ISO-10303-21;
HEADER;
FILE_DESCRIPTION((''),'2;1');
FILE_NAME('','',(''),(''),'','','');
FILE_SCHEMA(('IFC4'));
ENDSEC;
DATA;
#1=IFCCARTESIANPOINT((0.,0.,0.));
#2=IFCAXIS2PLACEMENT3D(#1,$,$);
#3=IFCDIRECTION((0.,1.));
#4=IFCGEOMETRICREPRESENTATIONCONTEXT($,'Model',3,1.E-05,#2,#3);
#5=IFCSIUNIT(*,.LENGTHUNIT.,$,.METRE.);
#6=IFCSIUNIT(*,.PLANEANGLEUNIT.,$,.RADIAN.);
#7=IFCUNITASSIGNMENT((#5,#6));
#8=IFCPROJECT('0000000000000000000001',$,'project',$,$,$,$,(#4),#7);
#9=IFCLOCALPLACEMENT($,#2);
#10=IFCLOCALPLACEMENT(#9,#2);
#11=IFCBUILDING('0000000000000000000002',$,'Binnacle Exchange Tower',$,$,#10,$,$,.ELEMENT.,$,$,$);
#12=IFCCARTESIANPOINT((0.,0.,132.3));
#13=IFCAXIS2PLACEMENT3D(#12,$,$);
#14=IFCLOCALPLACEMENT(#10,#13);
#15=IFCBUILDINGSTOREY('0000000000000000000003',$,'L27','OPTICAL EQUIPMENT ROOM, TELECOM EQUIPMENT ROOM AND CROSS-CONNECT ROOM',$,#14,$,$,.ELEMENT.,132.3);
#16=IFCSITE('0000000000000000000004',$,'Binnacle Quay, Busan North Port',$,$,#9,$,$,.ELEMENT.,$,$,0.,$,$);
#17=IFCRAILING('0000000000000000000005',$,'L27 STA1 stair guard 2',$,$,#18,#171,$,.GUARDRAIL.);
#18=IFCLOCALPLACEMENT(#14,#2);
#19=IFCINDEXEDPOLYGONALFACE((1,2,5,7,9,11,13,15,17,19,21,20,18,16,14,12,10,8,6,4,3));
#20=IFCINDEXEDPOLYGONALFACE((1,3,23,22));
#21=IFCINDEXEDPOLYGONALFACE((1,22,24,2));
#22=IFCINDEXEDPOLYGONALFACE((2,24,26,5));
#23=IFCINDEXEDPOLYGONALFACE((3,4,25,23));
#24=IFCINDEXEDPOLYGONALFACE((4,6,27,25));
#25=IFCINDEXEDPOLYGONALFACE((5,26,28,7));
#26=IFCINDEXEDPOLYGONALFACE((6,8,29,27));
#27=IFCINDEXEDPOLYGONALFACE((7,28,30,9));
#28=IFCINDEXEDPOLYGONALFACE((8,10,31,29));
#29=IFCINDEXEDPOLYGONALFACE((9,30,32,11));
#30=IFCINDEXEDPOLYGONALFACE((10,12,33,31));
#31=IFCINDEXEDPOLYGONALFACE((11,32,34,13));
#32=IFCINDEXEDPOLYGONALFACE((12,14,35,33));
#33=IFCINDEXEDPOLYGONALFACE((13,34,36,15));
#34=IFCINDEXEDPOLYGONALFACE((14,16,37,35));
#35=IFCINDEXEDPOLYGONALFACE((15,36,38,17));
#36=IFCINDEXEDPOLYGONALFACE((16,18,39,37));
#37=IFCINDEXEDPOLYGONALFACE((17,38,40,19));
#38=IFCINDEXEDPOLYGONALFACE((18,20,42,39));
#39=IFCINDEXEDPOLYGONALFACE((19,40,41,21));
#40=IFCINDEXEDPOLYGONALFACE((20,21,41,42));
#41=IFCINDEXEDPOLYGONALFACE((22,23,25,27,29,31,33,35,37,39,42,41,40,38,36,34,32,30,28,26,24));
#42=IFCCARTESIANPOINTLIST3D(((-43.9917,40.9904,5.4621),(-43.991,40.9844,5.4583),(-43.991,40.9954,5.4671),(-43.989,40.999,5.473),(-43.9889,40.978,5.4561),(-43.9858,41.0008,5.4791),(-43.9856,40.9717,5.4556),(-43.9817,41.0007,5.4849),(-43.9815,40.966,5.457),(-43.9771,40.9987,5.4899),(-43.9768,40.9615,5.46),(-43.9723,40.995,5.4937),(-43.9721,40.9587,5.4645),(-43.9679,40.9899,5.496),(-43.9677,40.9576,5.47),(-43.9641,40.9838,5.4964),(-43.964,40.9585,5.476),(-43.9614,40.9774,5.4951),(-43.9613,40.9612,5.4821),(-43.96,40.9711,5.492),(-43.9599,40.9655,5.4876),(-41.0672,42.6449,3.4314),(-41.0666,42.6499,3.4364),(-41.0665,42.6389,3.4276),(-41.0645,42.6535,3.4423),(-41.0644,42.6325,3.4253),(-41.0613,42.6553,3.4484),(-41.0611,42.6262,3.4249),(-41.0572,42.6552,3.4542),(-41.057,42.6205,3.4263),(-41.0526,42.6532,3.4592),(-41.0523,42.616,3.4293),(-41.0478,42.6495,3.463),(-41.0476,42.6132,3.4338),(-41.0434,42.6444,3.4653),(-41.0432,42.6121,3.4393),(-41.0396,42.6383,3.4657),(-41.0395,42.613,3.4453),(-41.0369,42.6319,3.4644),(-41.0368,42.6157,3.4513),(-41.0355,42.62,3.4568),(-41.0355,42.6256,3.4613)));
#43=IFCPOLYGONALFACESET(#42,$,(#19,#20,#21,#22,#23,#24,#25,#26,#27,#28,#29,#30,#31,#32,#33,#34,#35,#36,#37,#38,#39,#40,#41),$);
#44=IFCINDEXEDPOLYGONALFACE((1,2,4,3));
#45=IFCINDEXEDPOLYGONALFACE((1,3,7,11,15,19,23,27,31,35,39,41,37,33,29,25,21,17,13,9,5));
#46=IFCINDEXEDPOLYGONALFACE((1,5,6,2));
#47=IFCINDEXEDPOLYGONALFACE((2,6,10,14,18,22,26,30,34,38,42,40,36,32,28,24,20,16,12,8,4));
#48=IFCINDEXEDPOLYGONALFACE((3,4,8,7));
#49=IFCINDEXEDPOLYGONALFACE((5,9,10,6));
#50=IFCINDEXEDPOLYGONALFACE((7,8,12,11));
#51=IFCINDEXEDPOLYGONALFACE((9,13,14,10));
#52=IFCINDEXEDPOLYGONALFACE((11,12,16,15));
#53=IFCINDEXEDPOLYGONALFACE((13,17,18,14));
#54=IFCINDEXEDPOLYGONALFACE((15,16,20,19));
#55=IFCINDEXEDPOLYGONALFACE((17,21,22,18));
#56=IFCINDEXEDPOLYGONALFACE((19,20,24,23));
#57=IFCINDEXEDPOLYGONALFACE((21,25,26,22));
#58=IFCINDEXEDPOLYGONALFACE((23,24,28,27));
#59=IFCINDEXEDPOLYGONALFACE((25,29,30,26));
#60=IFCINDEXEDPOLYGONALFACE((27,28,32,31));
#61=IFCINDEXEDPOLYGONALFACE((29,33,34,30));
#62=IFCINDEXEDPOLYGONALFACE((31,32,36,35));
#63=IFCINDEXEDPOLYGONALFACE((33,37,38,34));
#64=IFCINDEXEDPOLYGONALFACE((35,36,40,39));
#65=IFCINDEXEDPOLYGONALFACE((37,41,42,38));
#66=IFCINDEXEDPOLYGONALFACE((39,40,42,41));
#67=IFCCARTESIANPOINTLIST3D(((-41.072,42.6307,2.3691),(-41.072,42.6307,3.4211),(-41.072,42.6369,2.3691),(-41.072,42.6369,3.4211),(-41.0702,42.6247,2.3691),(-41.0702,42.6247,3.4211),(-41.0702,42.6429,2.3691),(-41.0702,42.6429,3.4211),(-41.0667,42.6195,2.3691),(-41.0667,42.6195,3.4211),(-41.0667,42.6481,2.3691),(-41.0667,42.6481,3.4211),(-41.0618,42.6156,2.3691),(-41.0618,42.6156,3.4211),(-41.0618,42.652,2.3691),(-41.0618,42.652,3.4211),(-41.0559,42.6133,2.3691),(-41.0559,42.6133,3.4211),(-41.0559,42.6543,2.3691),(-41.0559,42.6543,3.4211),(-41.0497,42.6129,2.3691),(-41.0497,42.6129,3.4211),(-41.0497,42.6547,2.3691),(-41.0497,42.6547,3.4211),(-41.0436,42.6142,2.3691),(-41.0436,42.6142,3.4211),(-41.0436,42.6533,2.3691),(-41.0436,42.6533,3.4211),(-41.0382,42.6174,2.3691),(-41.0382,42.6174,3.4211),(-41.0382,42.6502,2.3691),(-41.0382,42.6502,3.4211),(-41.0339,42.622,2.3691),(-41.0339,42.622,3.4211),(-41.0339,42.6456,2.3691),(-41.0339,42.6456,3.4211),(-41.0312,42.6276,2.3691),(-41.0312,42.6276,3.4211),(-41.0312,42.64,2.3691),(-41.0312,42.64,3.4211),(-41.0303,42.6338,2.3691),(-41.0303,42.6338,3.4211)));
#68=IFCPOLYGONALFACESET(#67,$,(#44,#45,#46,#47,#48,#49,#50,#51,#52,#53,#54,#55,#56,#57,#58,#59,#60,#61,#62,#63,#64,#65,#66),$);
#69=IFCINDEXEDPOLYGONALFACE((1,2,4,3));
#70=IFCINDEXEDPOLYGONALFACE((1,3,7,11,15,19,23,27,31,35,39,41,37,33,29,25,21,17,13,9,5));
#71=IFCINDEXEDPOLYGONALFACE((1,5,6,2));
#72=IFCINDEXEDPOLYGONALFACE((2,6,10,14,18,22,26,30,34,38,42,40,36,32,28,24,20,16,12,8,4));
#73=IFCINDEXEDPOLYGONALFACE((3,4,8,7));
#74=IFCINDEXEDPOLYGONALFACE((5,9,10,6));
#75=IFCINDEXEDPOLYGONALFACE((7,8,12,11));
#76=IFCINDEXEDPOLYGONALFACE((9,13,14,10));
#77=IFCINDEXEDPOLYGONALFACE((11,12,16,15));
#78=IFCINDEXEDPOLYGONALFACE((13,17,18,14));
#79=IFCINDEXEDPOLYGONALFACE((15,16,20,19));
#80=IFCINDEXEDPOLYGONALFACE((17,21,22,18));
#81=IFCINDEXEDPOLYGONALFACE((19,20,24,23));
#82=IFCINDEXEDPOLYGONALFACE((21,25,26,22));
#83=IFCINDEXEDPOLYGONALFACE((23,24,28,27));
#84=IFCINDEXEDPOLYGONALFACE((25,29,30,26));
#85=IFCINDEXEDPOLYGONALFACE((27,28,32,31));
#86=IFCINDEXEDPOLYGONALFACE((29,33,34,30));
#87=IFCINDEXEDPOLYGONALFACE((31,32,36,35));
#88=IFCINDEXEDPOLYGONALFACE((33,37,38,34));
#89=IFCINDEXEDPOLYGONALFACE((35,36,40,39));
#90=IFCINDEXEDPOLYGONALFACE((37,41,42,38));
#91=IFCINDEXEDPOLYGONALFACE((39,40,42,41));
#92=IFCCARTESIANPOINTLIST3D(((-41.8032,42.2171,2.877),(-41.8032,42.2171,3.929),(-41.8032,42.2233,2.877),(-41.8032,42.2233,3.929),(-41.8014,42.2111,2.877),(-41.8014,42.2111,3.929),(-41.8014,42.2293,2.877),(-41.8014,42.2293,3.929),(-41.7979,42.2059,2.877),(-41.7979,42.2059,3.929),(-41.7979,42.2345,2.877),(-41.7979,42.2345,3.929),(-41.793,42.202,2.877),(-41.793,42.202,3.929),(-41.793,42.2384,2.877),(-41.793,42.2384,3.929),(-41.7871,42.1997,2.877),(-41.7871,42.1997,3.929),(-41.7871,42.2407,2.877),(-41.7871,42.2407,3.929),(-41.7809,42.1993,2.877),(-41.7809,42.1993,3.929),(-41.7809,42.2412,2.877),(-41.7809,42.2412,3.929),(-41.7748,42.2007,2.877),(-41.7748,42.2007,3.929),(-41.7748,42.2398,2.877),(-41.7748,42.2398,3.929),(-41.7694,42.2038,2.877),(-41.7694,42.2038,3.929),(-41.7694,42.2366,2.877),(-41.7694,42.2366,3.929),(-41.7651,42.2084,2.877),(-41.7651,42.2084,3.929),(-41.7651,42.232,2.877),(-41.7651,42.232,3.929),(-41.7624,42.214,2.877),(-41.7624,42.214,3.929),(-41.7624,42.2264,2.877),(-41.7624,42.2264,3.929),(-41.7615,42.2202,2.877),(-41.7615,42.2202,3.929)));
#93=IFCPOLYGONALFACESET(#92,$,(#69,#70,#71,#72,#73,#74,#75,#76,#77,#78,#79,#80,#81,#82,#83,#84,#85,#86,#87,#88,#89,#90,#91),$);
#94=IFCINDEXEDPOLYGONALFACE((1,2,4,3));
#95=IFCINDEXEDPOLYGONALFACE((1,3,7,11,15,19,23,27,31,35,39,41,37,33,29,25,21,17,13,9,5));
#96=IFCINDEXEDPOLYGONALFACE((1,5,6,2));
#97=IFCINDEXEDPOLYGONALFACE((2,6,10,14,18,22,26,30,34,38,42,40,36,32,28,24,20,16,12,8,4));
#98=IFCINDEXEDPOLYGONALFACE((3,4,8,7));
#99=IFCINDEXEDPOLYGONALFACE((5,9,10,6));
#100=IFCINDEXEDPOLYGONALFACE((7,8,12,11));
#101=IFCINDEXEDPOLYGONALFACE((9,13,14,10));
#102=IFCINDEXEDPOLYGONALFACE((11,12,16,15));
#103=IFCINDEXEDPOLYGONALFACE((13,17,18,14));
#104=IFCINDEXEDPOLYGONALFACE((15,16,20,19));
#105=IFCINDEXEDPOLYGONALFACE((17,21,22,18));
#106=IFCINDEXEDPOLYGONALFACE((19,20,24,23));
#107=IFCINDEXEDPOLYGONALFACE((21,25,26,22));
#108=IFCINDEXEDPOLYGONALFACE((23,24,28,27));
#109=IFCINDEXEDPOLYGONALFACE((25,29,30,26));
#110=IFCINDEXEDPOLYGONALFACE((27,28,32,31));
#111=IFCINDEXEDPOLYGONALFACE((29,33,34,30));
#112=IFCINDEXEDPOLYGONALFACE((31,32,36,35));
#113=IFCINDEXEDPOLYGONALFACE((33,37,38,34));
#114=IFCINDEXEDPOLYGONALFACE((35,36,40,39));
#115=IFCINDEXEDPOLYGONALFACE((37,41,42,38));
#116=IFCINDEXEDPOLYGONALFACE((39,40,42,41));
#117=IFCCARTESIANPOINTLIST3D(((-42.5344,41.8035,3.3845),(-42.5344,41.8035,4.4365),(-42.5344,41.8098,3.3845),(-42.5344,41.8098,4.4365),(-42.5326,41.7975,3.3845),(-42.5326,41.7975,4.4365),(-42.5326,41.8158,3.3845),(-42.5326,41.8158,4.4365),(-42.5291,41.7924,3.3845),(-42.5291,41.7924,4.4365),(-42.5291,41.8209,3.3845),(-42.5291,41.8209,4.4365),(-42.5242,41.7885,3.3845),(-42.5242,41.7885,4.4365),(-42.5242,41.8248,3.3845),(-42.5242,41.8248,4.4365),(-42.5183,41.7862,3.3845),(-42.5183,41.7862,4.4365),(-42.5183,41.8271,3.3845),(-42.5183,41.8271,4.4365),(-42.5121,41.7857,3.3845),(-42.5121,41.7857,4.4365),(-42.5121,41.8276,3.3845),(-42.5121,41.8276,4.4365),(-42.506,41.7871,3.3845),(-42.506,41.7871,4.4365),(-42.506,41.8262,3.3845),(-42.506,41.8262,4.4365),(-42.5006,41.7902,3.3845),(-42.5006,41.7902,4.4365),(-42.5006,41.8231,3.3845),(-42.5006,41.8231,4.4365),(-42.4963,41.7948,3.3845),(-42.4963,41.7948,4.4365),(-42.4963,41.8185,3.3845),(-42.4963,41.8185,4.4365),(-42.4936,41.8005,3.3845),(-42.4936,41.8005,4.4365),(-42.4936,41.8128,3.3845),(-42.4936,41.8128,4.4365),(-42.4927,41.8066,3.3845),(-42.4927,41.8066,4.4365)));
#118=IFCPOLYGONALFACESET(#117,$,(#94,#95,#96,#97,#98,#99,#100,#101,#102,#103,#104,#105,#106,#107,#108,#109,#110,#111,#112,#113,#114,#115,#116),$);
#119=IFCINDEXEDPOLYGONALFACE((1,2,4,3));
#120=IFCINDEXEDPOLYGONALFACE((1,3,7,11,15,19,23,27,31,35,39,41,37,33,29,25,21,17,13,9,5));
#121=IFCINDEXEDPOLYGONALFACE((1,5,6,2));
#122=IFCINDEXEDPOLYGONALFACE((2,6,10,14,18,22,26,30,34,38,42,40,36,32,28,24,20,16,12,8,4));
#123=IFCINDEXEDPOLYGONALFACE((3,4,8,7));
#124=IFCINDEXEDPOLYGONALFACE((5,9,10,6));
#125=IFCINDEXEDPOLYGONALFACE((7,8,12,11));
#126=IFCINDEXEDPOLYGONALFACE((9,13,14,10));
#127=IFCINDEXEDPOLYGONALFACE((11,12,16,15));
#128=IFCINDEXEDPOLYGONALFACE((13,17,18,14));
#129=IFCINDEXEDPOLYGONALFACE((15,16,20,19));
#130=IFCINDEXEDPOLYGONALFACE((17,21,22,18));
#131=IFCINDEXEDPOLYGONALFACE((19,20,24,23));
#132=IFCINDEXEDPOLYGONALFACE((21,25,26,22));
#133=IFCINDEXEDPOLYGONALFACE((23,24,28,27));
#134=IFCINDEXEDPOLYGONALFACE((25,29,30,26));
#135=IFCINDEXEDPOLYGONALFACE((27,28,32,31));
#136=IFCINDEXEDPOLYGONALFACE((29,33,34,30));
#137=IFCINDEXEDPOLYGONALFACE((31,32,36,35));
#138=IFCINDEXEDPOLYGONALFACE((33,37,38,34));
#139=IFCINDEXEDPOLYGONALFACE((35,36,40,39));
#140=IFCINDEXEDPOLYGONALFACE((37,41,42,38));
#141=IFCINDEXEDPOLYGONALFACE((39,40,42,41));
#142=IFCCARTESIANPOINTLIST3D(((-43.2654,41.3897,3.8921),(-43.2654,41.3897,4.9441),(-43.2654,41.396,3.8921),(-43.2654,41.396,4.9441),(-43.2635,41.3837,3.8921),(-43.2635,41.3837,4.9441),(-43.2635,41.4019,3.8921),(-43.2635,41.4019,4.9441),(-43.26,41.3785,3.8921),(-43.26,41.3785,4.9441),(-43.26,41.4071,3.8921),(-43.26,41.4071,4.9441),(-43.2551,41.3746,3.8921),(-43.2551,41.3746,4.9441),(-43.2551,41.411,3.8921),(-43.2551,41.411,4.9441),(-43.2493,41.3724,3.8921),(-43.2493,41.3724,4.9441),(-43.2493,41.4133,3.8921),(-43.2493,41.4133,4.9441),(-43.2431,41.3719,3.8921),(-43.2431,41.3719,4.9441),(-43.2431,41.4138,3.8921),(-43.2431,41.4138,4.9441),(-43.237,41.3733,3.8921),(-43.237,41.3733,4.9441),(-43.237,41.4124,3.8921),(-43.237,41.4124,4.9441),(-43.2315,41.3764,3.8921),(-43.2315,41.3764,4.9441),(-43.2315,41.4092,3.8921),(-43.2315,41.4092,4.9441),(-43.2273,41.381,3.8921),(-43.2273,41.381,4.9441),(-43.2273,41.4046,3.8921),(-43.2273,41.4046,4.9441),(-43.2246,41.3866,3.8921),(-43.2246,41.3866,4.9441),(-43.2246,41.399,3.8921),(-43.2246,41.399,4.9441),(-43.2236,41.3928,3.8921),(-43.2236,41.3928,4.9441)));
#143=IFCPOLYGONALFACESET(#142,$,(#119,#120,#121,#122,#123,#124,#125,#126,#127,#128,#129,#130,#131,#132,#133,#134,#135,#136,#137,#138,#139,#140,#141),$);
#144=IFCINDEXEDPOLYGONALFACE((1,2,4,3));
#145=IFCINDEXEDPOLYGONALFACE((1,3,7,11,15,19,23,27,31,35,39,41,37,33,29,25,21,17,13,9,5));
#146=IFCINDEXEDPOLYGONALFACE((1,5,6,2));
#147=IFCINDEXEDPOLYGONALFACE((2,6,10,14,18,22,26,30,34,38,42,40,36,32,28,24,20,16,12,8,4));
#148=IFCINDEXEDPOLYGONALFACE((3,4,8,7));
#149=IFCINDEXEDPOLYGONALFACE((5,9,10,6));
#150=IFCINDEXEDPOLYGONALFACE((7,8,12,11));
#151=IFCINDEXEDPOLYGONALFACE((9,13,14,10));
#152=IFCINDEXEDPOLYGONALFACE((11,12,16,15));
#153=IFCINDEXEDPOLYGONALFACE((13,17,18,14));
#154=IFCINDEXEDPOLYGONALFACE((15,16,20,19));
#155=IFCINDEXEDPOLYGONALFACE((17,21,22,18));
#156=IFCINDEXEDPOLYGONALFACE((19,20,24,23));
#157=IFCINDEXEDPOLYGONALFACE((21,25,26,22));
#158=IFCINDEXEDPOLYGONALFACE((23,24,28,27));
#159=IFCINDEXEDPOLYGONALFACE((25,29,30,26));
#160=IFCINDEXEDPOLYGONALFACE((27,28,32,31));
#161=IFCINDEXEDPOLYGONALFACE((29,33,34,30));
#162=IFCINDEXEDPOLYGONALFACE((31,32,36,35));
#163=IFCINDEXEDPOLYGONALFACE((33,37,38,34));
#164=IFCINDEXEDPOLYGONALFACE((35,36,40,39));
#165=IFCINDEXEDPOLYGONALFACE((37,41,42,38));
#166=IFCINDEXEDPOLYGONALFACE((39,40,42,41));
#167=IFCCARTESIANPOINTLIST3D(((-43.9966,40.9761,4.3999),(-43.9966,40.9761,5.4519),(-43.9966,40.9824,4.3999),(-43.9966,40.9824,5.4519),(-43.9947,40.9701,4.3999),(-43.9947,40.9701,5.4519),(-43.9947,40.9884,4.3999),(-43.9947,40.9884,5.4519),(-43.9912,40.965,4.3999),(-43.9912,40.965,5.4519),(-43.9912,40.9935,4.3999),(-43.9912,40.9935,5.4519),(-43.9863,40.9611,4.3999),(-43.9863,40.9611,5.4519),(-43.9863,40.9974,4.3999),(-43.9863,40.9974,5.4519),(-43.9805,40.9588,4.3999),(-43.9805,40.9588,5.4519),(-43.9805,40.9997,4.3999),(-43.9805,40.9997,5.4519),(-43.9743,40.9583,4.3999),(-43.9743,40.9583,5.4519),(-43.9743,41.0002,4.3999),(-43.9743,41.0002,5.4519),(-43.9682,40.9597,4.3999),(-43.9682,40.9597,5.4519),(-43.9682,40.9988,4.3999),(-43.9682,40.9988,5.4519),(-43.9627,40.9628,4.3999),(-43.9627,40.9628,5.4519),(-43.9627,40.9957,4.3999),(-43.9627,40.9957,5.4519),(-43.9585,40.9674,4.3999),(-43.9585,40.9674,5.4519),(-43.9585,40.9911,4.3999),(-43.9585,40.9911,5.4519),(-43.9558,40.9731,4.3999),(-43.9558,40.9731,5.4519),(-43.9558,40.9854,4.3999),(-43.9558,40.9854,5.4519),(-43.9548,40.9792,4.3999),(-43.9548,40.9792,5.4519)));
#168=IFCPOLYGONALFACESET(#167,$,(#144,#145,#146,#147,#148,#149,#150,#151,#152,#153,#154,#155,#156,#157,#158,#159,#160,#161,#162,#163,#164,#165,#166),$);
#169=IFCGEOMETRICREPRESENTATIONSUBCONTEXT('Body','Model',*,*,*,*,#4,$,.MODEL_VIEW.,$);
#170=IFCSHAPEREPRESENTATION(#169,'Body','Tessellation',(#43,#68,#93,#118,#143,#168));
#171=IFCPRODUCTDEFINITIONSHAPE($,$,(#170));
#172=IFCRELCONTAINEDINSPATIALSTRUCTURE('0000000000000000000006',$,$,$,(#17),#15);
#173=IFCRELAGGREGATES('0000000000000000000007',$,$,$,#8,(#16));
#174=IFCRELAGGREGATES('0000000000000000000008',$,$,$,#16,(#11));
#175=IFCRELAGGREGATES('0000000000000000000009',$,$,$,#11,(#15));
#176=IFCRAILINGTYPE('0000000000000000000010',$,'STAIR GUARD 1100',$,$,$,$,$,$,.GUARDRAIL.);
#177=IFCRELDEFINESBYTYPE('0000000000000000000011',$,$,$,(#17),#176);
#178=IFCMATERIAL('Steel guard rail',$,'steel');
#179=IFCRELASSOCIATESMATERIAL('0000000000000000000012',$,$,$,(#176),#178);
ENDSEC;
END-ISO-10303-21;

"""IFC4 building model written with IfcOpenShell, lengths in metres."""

from ifc_helpers import new_model, si_unit, direction, frame, origin, origin_2d, place, context, subcontext, project, spatial, circle, extrude, material, type_object, element, save


model = new_model("IFC4")

# Units and contexts
model_context = context("Model", 3, precision=1e-05, world=origin(), true_north=direction((0.0, 1.0)))
body_context = subcontext(model_context, "Body", "Model", "MODEL_VIEW")
ifc_project = project(units=[si_unit("LENGTHUNIT", "METRE"), si_unit("PLANEANGLEUNIT", "RADIAN")], contexts=[model_context])

# Site, building, storey
site_placement = place(None, origin())
site = spatial("IfcSite", under=ifc_project, at=site_placement, Name="Binnacle Quay, Busan North Port", CompositionType="ELEMENT", RefElevation=0.0)
building_placement = place(site_placement, origin())
building = spatial("IfcBuilding", under=site, at=building_placement, Name="Binnacle Exchange Tower", CompositionType="ELEMENT")
storey_placement = place(building_placement, frame((0.0, 0.0, 132.3)))
storey = spatial("IfcBuildingStorey", under=building, at=storey_placement, Name="L27", Description="OPTICAL EQUIPMENT ROOM, TELECOM EQUIPMENT ROOM AND CROSS-CONNECT ROOM", CompositionType="ELEMENT", Elevation=132.3)

# Railing
ifc_material_1 = material(Name="Steel guard rail", Category="steel")
railing_type_1 = type_object("IfcRailingType", Name="STAIR GUARD 1100", PredefinedType="GUARDRAIL", material=ifc_material_1)
railing_1_placement = place(storey_placement, frame((-41.0513, 42.6338, 2.3691)))
element("IfcRailing", 1, at=railing_1_placement, inside=storey, type_object=railing_type_1, Name="L27 STA1 stair guard 2", PredefinedType="GUARDRAIL", context=body_context, shape_type="SweptSolid", body=[
    extrude(circle(Radius=0.0239, at=origin_2d()), frame((0.0, 0.0, 1.0762), z_axis=(-0.744895, -0.421417, 0.517242), x_axis=(0.492402, -0.870368, 0.0)), (0.0, 0.0, 1.0), 3.926),
    extrude(circle(Radius=0.021, at=origin_2d()), origin(), (0.0, 0.0, 1.0), 1.052),
    extrude(circle(Radius=0.021, at=origin_2d()), frame((-0.7312, -0.4136, 0.5078)), (0.0, 0.0, 1.0), 1.052),
    extrude(circle(Radius=0.021, at=origin_2d()), frame((-1.4624, -0.8271, 1.0154)), (0.0, 0.0, 1.0), 1.052),
    extrude(circle(Radius=0.021, at=origin_2d()), frame((-2.1934, -1.241, 1.5229)), (0.0, 0.0, 1.0), 1.052),
    extrude(circle(Radius=0.021, at=origin_2d()), frame((-2.9246, -1.6545, 2.0308)), (0.0, 0.0, 1.0), 1.052),
])

save(model, "model.ifc")
